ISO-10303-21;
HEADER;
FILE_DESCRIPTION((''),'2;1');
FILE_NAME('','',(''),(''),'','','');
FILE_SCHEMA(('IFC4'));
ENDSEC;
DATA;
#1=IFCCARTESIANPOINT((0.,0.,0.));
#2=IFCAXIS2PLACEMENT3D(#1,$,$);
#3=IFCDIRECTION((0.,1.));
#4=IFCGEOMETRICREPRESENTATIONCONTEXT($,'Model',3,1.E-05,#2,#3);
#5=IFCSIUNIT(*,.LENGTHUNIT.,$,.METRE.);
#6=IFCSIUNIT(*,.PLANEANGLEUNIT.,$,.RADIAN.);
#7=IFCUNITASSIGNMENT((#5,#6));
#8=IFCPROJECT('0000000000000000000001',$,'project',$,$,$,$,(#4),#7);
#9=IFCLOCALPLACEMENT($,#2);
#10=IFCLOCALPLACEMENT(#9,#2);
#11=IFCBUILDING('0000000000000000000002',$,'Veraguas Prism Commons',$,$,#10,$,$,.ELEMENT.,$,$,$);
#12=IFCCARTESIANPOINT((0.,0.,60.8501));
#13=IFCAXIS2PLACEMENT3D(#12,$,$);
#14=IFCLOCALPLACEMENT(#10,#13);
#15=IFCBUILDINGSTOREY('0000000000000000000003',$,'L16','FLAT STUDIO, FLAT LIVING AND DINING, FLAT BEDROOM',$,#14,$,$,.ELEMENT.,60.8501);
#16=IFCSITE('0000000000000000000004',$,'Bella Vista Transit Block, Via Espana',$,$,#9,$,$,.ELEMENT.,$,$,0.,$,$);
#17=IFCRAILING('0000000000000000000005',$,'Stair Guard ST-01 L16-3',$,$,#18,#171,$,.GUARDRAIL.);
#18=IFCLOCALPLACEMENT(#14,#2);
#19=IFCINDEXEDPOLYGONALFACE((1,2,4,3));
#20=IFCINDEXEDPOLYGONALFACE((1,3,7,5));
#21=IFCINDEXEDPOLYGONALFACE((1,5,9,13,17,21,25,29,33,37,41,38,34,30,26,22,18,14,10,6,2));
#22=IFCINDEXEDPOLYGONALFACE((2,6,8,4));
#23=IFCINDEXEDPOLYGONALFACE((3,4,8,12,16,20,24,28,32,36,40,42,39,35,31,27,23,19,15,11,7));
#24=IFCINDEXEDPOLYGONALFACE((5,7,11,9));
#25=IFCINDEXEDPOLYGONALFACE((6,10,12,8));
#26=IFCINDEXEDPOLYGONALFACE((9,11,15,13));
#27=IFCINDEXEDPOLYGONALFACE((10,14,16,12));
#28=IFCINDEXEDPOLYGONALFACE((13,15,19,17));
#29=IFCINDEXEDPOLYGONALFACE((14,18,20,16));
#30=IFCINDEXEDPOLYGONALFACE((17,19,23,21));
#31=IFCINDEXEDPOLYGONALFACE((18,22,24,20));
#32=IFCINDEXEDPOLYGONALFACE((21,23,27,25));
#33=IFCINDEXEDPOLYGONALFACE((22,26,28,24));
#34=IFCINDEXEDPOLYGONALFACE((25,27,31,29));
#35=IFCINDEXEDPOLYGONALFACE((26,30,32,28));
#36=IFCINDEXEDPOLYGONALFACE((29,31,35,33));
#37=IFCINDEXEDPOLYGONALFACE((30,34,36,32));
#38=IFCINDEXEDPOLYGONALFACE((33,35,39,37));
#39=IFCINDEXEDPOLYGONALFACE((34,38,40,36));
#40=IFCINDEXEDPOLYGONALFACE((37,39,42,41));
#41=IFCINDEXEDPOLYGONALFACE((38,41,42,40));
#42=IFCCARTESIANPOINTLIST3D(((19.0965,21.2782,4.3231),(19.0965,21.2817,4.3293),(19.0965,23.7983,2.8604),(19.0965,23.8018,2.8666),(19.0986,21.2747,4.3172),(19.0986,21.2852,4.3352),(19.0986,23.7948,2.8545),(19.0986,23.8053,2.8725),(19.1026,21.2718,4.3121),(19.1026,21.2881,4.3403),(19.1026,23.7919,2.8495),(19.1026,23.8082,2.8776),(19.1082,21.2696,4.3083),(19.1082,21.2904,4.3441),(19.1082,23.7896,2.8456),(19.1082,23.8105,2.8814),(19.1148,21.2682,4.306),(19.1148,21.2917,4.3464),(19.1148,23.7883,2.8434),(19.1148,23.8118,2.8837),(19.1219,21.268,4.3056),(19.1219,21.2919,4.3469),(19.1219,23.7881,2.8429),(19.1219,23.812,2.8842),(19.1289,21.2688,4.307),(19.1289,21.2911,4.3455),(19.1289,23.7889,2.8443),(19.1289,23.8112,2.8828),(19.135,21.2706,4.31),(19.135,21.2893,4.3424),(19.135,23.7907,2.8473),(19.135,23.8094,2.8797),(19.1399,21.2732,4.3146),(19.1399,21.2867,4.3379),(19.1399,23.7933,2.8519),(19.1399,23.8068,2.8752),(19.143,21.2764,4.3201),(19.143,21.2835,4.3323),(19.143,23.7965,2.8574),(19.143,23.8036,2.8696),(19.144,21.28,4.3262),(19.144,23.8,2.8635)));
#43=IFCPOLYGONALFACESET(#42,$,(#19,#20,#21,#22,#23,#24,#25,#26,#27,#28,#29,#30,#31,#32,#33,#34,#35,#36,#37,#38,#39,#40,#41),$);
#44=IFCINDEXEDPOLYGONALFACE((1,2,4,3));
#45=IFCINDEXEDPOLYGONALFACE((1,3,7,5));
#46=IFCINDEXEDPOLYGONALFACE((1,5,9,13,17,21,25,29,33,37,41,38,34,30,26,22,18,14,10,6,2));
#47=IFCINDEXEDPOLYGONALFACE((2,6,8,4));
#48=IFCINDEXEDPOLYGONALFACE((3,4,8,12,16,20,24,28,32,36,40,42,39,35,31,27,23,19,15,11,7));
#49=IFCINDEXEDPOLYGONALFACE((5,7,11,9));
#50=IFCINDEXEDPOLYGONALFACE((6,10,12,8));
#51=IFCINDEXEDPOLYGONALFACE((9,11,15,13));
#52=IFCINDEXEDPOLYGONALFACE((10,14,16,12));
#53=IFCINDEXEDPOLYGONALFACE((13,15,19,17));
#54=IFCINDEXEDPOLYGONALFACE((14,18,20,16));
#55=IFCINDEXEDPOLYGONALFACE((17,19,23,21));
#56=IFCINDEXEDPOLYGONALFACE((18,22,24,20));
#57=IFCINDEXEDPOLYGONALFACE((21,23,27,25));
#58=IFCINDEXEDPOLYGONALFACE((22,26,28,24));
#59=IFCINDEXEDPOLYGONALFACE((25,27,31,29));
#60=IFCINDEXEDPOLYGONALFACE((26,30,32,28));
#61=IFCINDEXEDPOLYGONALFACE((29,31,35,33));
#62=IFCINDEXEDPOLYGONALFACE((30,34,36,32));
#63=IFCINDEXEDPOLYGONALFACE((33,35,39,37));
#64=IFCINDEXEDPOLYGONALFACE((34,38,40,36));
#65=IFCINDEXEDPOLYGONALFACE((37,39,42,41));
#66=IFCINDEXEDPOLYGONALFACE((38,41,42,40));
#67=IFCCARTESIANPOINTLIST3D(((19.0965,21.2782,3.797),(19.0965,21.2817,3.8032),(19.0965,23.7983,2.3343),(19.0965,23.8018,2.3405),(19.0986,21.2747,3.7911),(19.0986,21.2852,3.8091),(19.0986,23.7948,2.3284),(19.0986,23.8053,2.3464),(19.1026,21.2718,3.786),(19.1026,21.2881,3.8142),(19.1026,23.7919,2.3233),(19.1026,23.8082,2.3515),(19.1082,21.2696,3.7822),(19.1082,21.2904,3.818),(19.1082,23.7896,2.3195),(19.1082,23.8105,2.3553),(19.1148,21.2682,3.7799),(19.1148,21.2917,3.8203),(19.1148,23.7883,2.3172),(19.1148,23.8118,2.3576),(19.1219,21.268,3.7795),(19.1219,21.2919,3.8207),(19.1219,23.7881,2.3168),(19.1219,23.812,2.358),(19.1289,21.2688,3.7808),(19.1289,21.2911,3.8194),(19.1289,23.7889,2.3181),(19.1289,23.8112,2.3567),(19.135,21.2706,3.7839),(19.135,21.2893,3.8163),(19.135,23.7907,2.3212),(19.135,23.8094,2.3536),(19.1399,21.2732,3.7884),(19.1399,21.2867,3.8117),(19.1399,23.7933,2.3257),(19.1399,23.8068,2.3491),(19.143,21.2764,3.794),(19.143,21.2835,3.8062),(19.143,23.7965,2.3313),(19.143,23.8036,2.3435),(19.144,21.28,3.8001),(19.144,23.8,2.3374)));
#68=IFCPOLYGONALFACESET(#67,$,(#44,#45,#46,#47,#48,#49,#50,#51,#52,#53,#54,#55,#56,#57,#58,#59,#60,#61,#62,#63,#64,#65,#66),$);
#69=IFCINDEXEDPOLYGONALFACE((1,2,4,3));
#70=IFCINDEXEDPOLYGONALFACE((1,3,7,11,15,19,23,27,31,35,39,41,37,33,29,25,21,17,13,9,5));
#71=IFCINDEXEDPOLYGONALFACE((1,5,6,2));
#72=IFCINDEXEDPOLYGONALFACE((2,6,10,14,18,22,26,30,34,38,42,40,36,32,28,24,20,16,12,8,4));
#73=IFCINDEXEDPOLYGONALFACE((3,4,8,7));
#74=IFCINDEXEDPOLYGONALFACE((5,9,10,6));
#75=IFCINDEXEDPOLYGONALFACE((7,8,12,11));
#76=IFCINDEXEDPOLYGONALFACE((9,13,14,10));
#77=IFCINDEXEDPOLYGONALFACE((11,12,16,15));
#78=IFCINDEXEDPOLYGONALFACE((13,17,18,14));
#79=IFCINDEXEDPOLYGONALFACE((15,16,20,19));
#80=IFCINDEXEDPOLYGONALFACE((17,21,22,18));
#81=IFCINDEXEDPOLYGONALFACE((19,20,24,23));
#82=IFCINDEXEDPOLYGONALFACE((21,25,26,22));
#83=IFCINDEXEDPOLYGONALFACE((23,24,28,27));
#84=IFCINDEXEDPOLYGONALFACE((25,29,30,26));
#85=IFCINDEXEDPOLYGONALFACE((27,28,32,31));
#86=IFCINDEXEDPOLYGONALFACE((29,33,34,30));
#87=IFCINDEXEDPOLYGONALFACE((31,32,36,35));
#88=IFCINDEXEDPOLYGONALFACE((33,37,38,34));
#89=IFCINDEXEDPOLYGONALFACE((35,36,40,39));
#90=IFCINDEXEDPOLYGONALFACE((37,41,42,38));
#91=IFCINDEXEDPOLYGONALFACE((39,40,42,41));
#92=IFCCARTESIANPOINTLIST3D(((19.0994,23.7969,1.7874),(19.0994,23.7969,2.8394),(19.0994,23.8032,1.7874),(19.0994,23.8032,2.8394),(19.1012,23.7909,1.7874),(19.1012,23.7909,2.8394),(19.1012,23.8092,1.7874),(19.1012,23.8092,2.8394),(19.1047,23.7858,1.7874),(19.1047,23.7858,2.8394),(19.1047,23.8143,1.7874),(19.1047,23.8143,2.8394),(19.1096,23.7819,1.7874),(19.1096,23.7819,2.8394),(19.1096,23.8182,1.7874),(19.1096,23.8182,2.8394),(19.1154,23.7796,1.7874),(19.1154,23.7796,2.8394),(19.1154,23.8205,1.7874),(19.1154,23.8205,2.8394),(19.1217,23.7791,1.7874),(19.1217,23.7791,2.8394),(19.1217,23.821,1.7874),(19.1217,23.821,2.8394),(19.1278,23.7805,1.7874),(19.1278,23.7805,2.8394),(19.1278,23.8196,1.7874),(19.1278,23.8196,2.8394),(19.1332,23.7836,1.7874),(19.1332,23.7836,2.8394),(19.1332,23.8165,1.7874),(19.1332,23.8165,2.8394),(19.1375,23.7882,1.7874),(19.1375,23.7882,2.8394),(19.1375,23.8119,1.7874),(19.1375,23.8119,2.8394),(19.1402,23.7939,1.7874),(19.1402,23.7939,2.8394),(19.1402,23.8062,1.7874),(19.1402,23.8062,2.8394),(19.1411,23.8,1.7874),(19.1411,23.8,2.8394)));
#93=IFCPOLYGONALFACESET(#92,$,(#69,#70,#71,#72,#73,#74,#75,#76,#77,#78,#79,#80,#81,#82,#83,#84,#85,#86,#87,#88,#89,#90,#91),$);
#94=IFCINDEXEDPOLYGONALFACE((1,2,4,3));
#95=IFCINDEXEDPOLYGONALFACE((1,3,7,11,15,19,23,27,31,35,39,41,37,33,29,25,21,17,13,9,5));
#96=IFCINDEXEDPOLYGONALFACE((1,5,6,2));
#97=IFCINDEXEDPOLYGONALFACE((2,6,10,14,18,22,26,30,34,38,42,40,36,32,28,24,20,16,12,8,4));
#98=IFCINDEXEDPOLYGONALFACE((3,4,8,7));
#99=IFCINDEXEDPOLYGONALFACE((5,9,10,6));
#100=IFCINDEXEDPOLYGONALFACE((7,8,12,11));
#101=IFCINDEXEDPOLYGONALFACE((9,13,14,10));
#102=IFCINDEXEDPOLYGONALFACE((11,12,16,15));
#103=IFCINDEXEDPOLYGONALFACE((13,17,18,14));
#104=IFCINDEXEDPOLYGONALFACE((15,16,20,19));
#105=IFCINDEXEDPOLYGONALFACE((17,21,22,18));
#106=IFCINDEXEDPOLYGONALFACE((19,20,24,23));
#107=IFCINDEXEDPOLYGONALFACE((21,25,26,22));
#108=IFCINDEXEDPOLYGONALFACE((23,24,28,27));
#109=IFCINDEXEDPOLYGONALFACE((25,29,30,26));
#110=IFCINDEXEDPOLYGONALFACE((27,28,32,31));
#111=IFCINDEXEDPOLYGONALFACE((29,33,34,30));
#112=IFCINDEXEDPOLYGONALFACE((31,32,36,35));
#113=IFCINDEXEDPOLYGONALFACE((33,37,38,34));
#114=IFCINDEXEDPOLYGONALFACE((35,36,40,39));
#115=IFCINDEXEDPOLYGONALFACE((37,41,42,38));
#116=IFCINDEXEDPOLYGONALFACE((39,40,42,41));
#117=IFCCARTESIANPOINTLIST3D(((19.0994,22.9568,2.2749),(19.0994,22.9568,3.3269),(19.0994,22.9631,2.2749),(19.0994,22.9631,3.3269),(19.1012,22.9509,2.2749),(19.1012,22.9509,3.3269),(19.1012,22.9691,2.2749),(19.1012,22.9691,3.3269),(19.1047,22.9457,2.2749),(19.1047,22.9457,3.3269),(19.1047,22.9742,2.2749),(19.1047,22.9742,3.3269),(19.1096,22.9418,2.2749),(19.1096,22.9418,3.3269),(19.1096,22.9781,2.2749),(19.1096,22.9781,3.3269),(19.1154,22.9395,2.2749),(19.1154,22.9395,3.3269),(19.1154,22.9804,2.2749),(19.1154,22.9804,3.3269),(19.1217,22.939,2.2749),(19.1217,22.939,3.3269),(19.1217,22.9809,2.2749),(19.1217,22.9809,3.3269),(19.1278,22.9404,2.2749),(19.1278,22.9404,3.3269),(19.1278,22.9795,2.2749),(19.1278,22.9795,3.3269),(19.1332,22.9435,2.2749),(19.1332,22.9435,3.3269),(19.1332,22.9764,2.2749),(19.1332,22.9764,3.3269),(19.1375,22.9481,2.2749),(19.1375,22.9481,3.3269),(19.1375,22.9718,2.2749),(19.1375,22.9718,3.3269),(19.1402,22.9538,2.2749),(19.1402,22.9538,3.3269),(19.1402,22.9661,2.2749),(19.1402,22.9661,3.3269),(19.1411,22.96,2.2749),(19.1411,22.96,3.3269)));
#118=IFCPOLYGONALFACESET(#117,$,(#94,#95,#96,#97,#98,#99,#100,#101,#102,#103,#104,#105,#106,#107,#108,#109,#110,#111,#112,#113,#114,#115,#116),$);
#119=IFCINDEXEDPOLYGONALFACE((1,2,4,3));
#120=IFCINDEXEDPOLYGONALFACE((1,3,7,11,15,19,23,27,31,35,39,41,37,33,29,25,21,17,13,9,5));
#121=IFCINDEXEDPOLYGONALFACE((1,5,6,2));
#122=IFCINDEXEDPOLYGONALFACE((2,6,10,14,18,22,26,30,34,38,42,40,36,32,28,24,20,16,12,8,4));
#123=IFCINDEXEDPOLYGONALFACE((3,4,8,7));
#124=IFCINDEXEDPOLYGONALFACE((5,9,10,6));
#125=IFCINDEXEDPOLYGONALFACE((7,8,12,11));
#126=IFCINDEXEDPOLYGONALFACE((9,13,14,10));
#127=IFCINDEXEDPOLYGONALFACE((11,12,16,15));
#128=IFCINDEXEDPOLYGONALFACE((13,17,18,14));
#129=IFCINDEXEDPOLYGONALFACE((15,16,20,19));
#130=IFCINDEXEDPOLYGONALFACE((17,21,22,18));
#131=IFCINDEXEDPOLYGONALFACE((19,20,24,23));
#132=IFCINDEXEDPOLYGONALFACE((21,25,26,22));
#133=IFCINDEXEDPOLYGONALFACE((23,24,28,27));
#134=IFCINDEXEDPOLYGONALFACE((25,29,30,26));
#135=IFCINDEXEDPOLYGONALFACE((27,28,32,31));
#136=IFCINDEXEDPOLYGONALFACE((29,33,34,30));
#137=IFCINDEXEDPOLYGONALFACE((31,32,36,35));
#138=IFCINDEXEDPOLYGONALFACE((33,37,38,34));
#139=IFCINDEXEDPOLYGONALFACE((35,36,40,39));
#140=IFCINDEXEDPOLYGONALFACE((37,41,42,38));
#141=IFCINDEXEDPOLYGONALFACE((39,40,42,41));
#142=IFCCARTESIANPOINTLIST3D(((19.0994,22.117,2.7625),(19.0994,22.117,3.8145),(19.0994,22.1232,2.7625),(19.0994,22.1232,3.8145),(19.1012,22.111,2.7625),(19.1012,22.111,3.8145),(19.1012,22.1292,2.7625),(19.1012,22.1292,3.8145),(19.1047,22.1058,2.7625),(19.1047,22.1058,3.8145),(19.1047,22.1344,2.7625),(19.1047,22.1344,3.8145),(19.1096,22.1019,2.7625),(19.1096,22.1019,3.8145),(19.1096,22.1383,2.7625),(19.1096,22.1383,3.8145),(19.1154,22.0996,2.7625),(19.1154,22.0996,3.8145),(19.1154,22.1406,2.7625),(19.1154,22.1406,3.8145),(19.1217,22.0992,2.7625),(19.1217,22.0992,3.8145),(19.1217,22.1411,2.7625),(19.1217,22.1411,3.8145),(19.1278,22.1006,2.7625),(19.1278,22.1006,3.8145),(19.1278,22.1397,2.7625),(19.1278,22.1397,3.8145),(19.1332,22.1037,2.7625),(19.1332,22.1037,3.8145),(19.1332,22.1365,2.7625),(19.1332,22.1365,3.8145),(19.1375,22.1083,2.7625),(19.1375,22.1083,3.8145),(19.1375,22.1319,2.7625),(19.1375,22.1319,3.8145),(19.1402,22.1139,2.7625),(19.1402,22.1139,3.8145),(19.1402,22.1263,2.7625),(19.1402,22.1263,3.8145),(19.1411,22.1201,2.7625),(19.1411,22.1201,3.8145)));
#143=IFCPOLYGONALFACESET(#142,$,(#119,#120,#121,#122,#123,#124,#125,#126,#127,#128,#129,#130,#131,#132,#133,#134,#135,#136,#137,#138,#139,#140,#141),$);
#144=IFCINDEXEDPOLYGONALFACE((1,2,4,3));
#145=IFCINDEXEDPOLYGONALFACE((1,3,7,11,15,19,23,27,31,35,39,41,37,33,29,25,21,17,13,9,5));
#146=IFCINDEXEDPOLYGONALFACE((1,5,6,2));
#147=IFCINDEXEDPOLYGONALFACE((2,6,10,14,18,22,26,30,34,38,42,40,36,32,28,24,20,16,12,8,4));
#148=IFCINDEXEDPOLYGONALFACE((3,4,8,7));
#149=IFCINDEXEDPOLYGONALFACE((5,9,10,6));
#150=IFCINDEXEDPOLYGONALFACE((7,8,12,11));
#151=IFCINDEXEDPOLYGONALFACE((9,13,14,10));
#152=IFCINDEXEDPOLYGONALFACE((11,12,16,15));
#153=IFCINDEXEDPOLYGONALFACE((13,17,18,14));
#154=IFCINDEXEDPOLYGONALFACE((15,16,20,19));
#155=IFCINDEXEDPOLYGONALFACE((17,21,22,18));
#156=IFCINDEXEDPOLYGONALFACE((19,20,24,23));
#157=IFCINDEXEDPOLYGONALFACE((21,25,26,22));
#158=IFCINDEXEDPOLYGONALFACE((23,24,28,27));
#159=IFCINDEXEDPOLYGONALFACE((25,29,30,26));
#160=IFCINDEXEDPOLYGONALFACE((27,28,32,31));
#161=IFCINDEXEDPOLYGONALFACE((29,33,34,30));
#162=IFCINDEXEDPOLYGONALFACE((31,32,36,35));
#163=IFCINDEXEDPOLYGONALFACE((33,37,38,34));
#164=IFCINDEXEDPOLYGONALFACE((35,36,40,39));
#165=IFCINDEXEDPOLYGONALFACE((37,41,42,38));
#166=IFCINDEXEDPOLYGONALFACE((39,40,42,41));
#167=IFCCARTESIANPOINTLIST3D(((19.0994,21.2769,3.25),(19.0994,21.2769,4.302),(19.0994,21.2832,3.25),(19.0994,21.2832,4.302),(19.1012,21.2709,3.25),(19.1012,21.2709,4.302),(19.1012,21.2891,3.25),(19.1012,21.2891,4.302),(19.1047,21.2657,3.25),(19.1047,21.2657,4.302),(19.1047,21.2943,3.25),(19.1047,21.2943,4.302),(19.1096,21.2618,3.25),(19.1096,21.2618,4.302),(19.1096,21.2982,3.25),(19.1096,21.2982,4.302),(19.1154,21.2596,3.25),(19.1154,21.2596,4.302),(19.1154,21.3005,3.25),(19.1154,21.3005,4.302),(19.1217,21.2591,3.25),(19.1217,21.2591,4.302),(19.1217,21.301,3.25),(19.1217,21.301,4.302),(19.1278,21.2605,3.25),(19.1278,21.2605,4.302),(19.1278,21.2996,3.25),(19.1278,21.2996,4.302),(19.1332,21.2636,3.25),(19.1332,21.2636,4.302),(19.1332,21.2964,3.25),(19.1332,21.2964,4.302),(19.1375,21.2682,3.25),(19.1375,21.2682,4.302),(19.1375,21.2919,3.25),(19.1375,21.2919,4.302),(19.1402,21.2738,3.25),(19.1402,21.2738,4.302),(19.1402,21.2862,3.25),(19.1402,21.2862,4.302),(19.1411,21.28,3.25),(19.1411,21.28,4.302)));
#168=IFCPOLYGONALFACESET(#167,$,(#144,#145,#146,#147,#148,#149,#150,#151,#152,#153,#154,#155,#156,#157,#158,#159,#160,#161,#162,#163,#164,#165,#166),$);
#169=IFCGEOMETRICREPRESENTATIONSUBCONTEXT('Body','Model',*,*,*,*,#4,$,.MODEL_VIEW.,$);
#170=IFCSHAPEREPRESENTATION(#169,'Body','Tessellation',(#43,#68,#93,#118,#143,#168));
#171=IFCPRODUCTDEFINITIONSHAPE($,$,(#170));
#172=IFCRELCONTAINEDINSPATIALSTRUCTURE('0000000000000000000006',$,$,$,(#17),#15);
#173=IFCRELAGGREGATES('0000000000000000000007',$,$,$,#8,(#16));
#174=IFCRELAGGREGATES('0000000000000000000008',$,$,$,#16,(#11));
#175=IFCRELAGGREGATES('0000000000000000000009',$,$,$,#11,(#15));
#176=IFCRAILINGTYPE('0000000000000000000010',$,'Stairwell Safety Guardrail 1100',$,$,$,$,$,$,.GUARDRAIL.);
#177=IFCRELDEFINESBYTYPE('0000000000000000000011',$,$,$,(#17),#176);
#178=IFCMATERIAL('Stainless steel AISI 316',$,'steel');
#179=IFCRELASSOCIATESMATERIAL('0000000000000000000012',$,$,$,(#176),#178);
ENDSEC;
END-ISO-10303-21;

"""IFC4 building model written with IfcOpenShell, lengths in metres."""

from ifc_helpers import new_model, si_unit, direction, frame, origin, origin_2d, place, context, subcontext, project, spatial, circle, extrude, material, type_object, element, save


model = new_model("IFC4")

# Units and contexts
model_context = context("Model", 3, precision=1e-05, world=origin(), true_north=direction((0.0, 1.0)))
body_context = subcontext(model_context, "Body", "Model", "MODEL_VIEW")
ifc_project = project(units=[si_unit("LENGTHUNIT", "METRE"), si_unit("PLANEANGLEUNIT", "RADIAN")], contexts=[model_context])

# Site, building, storey
site_placement = place(None, origin())
site = spatial("IfcSite", under=ifc_project, at=site_placement, Name="Bella Vista Transit Block, Via Espana", CompositionType="ELEMENT", RefElevation=0.0)
building_placement = place(site_placement, origin())
building = spatial("IfcBuilding", under=site, at=building_placement, Name="Veraguas Prism Commons", CompositionType="ELEMENT")
storey_placement = place(building_placement, frame((0.0, 0.0, 60.8501)))
storey = spatial("IfcBuildingStorey", under=building, at=storey_placement, Name="L16", Description="FLAT STUDIO, FLAT LIVING AND DINING, FLAT BEDROOM", CompositionType="ELEMENT", Elevation=60.8501)

# Railing
ifc_material_1 = material(Name="Stainless steel AISI 316", Category="steel")
railing_type_1 = type_object("IfcRailingType", Name="Stairwell Safety Guardrail 1100", PredefinedType="GUARDRAIL", material=ifc_material_1)
railing_1_placement = place(storey_placement, frame((19.1201, 23.8, 1.7874)))
element("IfcRailing", 1, at=railing_1_placement, inside=storey, type_object=railing_type_1, Name="Stair Guard ST-01 L16-3", PredefinedType="GUARDRAIL", context=body_context, shape_type="SweptSolid", body=[
    extrude(circle(Radius=0.0239, at=origin_2d()), frame((0.0, 0.0, 1.0762), z_axis=(0.0, -0.864877, 0.501984), x_axis=(1.0, 0.0, 0.0)), (0.0, 0.0, 1.0), 2.9138),
    extrude(circle(Radius=0.0239, at=origin_2d()), frame((0.0, 0.0, 0.55), z_axis=(0.0, -0.864877, 0.501984), x_axis=(1.0, 0.0, 0.0)), (0.0, 0.0, 1.0), 2.9138),
    extrude(circle(Radius=0.021, at=origin_2d()), origin(), (0.0, 0.0, 1.0), 1.052),
    extrude(circle(Radius=0.021, at=origin_2d()), frame((0.0, -0.8401, 0.4875)), (0.0, 0.0, 1.0), 1.052),
    extrude(circle(Radius=0.021, at=origin_2d()), frame((0.0, -1.6799, 0.9751)), (0.0, 0.0, 1.0), 1.052),
    extrude(circle(Radius=0.021, at=origin_2d()), frame((0.0, -2.52, 1.4626)), (0.0, 0.0, 1.0), 1.052),
])

save(model, "model.ifc")
